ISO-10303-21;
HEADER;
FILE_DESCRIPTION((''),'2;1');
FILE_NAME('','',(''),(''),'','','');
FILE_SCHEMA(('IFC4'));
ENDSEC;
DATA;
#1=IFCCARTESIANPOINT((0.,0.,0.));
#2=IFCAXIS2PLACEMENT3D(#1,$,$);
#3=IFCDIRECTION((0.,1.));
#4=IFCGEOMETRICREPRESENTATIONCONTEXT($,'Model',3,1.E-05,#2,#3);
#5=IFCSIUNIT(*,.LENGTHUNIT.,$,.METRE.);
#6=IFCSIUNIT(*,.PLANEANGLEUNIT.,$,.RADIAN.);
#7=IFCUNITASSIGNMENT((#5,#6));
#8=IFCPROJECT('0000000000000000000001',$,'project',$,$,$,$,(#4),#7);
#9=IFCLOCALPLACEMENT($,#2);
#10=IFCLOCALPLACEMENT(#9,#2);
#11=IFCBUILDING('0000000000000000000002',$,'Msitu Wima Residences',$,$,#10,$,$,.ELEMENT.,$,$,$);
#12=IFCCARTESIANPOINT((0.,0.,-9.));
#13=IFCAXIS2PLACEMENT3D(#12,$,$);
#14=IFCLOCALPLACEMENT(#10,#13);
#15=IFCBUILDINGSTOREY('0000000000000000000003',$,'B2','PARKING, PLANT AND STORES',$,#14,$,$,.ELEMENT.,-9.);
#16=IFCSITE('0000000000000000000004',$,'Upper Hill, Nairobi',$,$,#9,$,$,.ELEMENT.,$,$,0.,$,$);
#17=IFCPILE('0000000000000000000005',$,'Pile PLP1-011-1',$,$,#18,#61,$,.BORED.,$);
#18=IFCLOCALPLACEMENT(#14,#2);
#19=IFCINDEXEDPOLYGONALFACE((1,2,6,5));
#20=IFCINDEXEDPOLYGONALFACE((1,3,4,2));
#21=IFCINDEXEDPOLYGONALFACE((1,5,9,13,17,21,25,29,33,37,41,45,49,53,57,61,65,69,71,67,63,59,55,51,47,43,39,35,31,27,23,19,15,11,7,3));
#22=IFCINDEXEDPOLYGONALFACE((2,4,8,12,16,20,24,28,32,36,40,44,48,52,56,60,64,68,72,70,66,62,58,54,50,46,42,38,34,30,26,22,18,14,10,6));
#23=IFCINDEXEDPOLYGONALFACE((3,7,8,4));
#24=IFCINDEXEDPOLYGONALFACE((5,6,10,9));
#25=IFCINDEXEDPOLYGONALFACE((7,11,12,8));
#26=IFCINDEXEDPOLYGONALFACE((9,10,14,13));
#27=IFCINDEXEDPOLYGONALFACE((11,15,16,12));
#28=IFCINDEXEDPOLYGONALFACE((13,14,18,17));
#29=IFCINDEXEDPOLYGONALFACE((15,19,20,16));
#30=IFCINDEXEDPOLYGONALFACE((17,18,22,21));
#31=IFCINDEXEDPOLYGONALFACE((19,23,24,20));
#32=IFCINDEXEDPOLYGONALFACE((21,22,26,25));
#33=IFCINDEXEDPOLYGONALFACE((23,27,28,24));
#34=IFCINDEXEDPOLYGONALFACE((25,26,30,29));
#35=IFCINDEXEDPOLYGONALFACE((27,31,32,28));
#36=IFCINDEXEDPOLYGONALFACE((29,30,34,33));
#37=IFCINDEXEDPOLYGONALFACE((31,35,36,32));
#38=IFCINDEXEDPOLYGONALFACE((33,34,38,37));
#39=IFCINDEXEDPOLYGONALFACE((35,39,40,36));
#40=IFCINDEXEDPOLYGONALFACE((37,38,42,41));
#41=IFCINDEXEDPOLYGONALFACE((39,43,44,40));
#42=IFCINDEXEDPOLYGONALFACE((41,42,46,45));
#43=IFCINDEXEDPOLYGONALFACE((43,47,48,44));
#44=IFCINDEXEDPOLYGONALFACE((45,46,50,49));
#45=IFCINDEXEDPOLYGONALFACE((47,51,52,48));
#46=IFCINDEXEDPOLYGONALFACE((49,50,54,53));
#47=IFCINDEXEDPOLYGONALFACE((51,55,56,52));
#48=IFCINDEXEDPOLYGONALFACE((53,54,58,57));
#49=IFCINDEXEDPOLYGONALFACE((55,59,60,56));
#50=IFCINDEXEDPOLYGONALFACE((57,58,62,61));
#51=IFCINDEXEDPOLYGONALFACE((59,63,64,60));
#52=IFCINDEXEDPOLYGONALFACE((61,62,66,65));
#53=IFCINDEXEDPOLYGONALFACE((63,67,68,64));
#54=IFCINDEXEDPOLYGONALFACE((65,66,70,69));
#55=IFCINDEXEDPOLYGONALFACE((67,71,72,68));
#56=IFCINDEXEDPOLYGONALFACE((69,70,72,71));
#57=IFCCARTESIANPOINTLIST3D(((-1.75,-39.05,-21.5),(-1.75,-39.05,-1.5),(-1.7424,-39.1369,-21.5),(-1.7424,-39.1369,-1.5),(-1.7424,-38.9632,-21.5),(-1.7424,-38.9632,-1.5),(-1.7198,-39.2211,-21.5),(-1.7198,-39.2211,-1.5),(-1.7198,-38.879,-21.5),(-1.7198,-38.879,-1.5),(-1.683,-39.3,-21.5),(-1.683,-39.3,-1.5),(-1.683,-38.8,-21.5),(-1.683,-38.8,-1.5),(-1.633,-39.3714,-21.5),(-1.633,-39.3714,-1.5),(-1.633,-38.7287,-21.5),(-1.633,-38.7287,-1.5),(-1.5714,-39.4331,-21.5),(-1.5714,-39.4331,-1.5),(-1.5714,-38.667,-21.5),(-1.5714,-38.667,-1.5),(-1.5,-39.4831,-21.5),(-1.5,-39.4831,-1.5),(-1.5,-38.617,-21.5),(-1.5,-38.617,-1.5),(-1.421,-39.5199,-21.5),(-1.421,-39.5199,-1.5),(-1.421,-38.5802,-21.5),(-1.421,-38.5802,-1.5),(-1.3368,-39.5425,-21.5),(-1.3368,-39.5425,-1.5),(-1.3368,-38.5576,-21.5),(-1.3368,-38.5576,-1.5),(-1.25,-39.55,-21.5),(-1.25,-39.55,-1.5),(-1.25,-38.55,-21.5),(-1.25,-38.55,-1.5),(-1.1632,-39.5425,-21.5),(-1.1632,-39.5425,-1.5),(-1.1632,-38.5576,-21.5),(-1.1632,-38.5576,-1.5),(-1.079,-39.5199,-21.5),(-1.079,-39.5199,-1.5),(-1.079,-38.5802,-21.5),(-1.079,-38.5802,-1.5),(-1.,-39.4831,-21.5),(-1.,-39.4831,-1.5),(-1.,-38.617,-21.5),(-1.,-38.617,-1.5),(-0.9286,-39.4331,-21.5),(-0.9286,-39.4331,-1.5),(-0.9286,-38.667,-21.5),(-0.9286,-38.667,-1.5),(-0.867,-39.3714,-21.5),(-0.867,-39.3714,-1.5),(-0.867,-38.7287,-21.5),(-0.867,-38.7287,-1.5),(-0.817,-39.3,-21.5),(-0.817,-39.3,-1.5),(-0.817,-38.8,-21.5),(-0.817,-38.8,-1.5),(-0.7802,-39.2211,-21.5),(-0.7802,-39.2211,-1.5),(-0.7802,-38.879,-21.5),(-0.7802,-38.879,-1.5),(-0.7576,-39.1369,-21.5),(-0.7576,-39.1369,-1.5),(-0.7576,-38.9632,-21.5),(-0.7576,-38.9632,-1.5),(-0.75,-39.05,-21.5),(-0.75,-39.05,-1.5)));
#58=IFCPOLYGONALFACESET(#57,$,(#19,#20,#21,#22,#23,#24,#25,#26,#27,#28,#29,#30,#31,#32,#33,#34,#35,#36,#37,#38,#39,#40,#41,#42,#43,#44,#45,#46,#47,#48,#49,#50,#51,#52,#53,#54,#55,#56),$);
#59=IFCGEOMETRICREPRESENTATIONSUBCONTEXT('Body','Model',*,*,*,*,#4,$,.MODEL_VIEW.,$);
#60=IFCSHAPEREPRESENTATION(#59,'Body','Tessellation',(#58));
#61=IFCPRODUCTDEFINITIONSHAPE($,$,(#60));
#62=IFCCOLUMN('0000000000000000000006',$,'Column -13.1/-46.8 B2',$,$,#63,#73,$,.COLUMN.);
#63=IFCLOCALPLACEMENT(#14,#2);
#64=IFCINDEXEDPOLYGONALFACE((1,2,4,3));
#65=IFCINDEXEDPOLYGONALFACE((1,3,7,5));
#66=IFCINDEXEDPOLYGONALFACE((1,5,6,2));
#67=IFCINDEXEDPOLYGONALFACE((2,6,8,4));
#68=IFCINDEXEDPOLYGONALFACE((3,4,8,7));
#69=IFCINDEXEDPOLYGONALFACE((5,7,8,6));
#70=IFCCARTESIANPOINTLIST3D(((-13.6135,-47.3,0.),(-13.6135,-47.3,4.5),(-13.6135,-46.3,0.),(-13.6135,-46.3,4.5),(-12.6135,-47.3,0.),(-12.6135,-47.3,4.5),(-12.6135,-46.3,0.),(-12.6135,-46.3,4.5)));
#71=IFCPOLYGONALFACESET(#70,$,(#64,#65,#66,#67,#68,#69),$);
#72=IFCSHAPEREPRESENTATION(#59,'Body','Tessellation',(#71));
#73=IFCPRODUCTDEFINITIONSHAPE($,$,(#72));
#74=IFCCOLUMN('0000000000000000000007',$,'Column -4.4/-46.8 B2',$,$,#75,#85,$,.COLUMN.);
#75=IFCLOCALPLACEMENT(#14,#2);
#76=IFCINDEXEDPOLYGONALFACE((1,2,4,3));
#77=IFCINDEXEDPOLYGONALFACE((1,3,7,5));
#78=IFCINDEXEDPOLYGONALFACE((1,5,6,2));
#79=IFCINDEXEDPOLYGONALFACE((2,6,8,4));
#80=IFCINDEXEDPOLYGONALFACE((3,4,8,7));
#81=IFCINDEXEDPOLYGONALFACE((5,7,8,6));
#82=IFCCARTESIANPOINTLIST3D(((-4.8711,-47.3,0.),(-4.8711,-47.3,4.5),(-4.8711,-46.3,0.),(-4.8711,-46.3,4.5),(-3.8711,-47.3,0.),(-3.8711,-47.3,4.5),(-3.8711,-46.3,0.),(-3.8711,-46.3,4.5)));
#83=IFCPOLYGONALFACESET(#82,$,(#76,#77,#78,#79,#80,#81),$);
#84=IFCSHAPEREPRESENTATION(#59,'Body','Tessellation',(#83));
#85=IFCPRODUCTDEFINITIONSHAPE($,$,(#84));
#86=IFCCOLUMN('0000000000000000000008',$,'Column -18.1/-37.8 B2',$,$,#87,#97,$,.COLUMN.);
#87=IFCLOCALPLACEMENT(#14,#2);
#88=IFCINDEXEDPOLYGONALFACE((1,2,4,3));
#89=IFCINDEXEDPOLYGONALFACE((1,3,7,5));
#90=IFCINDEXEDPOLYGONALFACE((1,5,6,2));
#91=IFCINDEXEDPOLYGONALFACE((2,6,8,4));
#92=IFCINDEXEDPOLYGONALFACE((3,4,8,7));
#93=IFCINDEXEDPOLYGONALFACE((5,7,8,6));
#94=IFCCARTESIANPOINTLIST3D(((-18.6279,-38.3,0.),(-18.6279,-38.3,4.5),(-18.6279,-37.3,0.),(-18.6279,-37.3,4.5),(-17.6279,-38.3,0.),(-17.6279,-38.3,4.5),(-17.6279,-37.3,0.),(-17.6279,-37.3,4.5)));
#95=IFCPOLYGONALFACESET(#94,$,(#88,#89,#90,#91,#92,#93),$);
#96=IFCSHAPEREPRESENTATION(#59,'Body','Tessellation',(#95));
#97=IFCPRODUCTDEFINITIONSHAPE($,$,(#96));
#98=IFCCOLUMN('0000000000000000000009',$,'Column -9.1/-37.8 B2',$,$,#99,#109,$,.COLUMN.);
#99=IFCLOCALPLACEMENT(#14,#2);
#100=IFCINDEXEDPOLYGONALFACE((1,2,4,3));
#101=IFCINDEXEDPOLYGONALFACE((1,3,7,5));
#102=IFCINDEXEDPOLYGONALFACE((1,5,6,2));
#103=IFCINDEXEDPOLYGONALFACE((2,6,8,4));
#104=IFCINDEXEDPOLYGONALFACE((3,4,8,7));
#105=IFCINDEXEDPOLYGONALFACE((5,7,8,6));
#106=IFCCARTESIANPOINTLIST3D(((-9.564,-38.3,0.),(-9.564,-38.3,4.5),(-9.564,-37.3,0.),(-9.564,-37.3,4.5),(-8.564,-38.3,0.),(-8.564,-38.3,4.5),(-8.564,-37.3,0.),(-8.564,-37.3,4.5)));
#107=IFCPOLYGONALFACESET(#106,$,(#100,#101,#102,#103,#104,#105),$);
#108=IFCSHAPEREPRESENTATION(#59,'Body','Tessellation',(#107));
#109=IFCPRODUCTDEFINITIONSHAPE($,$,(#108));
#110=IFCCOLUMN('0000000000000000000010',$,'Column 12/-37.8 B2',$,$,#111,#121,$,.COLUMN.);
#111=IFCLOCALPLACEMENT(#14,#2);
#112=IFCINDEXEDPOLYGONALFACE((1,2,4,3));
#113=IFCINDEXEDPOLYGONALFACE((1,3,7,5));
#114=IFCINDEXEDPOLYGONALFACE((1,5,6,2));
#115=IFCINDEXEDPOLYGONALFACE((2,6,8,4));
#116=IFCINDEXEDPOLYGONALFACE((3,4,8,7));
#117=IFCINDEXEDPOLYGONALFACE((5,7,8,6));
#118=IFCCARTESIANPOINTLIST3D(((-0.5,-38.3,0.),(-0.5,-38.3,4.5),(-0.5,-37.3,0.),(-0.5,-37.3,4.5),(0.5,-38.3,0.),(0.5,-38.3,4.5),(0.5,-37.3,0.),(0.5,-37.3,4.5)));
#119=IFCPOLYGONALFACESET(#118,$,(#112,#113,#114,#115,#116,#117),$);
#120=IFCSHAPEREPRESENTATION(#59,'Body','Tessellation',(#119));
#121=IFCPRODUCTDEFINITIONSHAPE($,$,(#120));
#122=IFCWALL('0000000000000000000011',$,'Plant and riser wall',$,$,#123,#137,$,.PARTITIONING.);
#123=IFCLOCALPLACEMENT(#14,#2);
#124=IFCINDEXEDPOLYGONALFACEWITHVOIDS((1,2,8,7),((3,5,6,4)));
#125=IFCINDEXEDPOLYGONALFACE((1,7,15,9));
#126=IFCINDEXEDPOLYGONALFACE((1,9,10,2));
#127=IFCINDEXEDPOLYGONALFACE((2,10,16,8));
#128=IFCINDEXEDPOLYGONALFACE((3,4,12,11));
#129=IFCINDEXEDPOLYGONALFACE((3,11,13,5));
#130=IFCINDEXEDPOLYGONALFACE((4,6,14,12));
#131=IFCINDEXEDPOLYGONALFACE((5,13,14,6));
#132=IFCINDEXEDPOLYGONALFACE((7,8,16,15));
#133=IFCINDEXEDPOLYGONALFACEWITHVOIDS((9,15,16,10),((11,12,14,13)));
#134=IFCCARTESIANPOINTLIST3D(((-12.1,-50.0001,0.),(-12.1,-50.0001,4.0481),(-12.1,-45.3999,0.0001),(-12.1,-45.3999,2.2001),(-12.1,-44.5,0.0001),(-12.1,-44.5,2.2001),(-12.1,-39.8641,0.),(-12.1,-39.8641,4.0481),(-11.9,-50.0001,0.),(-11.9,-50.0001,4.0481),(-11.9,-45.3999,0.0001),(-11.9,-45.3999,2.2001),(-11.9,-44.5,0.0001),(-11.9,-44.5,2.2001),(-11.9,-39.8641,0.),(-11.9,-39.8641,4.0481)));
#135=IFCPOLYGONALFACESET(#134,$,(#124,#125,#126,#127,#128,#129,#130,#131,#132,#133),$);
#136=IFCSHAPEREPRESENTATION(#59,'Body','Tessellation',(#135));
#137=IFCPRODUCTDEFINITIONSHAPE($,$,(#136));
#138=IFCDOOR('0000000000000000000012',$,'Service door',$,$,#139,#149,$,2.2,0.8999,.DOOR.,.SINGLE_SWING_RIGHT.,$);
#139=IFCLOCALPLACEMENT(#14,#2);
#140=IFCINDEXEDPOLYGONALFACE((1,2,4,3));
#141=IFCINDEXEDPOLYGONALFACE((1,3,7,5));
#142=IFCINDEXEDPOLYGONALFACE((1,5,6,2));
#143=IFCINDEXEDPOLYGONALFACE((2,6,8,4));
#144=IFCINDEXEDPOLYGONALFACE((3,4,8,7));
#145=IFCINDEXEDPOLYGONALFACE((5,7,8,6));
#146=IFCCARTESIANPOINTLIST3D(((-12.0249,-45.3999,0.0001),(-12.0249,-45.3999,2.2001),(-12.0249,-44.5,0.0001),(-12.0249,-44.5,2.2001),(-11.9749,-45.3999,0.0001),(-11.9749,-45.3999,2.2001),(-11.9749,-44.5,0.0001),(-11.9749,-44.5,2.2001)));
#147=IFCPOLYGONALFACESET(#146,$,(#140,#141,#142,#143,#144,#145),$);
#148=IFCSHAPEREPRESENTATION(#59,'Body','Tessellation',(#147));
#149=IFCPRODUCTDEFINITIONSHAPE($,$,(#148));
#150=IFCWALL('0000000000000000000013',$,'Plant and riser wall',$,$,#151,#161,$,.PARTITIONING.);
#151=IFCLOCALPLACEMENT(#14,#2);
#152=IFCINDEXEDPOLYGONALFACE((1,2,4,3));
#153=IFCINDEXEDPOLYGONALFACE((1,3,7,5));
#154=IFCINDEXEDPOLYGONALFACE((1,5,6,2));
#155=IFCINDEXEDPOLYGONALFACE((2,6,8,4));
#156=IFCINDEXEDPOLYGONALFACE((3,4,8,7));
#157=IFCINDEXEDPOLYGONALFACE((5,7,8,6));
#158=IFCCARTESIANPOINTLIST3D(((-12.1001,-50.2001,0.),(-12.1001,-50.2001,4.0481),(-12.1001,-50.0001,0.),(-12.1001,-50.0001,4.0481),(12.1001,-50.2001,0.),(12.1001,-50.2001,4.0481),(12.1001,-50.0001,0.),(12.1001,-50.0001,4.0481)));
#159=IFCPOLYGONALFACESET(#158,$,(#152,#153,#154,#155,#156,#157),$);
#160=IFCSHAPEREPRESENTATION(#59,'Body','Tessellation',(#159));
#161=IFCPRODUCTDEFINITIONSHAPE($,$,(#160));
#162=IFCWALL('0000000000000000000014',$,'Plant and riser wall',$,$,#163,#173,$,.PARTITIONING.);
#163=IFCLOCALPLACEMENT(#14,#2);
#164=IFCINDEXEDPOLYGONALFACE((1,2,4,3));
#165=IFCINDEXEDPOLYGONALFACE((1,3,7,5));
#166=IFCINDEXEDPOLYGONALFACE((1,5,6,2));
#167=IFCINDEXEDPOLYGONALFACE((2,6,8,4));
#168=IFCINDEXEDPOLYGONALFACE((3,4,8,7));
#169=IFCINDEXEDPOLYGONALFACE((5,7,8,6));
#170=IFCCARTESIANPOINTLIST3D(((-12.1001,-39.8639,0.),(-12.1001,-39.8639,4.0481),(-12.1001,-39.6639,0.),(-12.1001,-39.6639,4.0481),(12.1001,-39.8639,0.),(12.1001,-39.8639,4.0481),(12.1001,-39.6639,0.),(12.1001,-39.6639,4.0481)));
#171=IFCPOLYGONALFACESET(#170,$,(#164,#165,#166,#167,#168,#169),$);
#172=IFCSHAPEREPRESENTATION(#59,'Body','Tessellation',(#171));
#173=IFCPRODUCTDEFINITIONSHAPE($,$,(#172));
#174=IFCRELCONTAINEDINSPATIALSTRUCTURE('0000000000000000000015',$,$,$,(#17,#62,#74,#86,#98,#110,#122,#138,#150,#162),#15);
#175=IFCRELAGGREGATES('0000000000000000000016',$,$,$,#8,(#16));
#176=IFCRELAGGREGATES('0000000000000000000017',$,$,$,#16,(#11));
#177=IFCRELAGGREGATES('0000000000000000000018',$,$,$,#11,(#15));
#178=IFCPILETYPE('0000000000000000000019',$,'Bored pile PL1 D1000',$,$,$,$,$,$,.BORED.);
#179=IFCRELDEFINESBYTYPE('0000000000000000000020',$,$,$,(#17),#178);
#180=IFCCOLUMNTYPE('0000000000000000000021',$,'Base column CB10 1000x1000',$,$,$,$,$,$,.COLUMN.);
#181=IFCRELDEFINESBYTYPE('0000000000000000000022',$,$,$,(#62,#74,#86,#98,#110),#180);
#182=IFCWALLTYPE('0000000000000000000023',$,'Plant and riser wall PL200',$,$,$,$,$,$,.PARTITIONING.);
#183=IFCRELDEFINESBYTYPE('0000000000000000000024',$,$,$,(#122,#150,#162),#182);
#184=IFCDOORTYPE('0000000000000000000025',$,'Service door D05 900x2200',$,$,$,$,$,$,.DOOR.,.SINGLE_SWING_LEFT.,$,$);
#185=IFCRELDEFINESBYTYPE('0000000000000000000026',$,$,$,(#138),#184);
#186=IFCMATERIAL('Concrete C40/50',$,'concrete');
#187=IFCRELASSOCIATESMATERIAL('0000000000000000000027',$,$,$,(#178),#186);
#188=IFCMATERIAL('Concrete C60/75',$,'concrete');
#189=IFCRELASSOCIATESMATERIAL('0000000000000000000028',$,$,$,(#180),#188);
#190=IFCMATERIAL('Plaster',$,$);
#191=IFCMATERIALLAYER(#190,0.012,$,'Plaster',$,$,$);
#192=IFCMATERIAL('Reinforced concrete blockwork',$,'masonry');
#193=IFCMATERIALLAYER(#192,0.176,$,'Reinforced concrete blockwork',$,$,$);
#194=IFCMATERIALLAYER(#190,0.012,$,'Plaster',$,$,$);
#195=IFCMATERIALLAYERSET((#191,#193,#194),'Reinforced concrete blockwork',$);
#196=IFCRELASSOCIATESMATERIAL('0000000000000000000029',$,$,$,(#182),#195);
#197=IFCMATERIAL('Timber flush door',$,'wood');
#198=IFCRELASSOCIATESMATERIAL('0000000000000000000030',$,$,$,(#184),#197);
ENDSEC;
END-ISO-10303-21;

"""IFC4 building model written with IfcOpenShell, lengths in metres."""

from ifc_helpers import new_model, si_unit, direction, frame, frame_2d, origin, origin_2d, place, context, subcontext, project, spatial, rectangle, circle, extrude, material, layer, layer_set, material_profile, profile_set, type_object, element, fill, save


model = new_model("IFC4")

# Units and contexts
model_context = context("Model", 3, precision=1e-05, world=origin(), true_north=direction((0.0, 1.0)))
body_context = subcontext(model_context, "Body", "Model", "MODEL_VIEW")
ifc_project = project(units=[si_unit("LENGTHUNIT", "METRE"), si_unit("PLANEANGLEUNIT", "RADIAN")], contexts=[model_context])

# Site, building, storey
site_placement = place(None, origin())
site = spatial("IfcSite", under=ifc_project, at=site_placement, Name="Upper Hill, Nairobi", CompositionType="ELEMENT", RefElevation=0.0)
building_placement = place(site_placement, origin())
building = spatial("IfcBuilding", under=site, at=building_placement, Name="Msitu Wima Residences", CompositionType="ELEMENT")
storey_placement = place(building_placement, frame((0.0, 0.0, -9.0)))
storey = spatial("IfcBuildingStorey", under=building, at=storey_placement, Name="B2", Description="PARKING, PLANT AND STORES", CompositionType="ELEMENT", Elevation=-9.0)

# Pile
ifc_material_1 = material(Name="Concrete C40/50", Category="concrete")
pile_type = type_object("IfcPileType", Name="Bored pile PL1 D1000", PredefinedType="BORED", material=ifc_material_1)
for number, where, z_axis, x_axis, name in (
    (1, (-1.25, -39.05, -1.5), (0.0, 0.0, -1.0), (1.0, 0.0, 0.0), "Pile PLP1-011-1"),
):
    element("IfcPile", number, at=place(storey_placement, frame(where, z_axis=z_axis, x_axis=x_axis)), inside=storey, type_object=pile_type, Name=name, PredefinedType="BORED", context=body_context, shape_type="SweptSolid", body=[
        extrude(circle(Radius=0.5, at=origin_2d()), origin(), (0.0, 0.0, 1.0), 20.0),
    ])

# Columns
ifc_material_2 = material(Name="Concrete C60/75", Category="concrete")
ifc_material_profile = material_profile(ifc_material_2, rectangle(XDim=1.0, YDim=1.0, at=origin_2d()), Name="RC 1000x1000")
ifc_profile_set = profile_set([ifc_material_profile], Name="Concrete C60/75")
column_type = type_object("IfcColumnType", Name="Base column CB10 1000x1000", PredefinedType="COLUMN", material=ifc_profile_set)
for number, where, z_axis, x_axis, name in (
    (2, (-13.1135, -46.8, 0.0), (0.0, 0.0, 1.0), (1.0, 0.0, 0.0), "Column -13.1/-46.8 B2"),
    (3, (-4.3711, -46.8, 0.0), (0.0, 0.0, 1.0), (1.0, 0.0, 0.0), "Column -4.4/-46.8 B2"),
    (4, (-18.1279, -37.8, 0.0), (0.0, 0.0, 1.0), (1.0, 0.0, 0.0), "Column -18.1/-37.8 B2"),
    (5, (-9.064, -37.8, 0.0), (0.0, 0.0, 1.0), (1.0, 0.0, 0.0), "Column -9.1/-37.8 B2"),
    (6, (0.0, -37.8, 0.0), (0.0, 0.0, 1.0), (1.0, 0.0, 0.0), "Column 12/-37.8 B2"),
):
    element("IfcColumn", number, at=place(storey_placement, frame(where, z_axis=z_axis, x_axis=x_axis)), inside=storey, type_object=column_type, Name=name, PredefinedType="COLUMN", context=body_context, shape_type="SweptSolid", body=[
        extrude(rectangle(XDim=1.0, YDim=1.0, at=origin_2d()), origin(), (0.0, 0.0, 1.0), 4.5),
    ])

# Wall, opening, door
ifc_material_3 = material(Name="Plaster")
ifc_layer_1 = layer(ifc_material_3, 0.012, Name="Plaster")
ifc_material_4 = material(Name="Reinforced concrete blockwork", Category="masonry")
ifc_layer_2 = layer(ifc_material_4, 0.176, Name="Reinforced concrete blockwork")
ifc_layer_3 = layer(ifc_material_3, 0.012, Name="Plaster")
ifc_layer_set = layer_set([ifc_layer_1, ifc_layer_2, ifc_layer_3], Name="Reinforced concrete blockwork")
wall_type = type_object("IfcWallType", Name="Plant and riser wall PL200", PredefinedType="PARTITIONING", material=ifc_layer_set)
wall_placement = place(storey_placement, frame((-12.0, -50.0, 0.0), z_axis=(0.0, 0.0, 1.0), x_axis=(0.0, 1.0, 0.0)))
wall = element("IfcWall", 7, at=wall_placement, inside=storey, type_object=wall_type, Name="Plant and riser wall", PredefinedType="PARTITIONING", context=body_context, shape_type="SweptSolid", body=[
    extrude(rectangle(XDim=10.136, YDim=0.2, at=frame_2d((5.0679, 0.0))), origin(), (0.0, 0.0, 1.0), 4.0481),
])
opening_placement = place(wall_placement, frame((4.6001, 0.0, 0.0)))
opening = element("IfcOpeningElement", 8, at=opening_placement, cuts=wall, PredefinedType="OPENING", context=body_context, shape_type="SweptSolid", body=[
    extrude(rectangle(XDim=0.8999, YDim=2.2, at=frame_2d((0.45, 1.1001))), frame((0.0, 0.1099, 0.0), z_axis=(0.0, -1.0, 0.0), x_axis=(1.0, 0.0, 0.0)), (0.0, 0.0, 1.0), 0.22),
])
ifc_material_5 = material(Name="Timber flush door", Category="wood")
door_type = type_object("IfcDoorType", Name="Service door D05 900x2200", OperationType="SINGLE_SWING_LEFT", PredefinedType="DOOR", material=ifc_material_5)
door_placement = place(opening_placement, origin())
door = element("IfcDoor", 9, at=door_placement, inside=storey, type_object=door_type, Name="Service door", OperationType="SINGLE_SWING_RIGHT", OverallHeight=2.2, OverallWidth=0.8999, PredefinedType="DOOR", context=body_context, shape_type="SweptSolid", body=[
    extrude(rectangle(XDim=0.8999, YDim=2.2, at=frame_2d((0.45, 1.1001))), frame((0.0, 0.0249, 0.0), z_axis=(0.0, -1.0, 0.0), x_axis=(1.0, 0.0, 0.0)), (0.0, 0.0, 1.0), 0.05),
])
fill(opening, door)

# Walls
for number, where, z_axis, x_axis, name in (
    (10, (-12.1001, -50.1001, 0.0), (0.0, 0.0, 1.0), (1.0, 0.0, 0.0), "Plant and riser wall"),
    (11, (-12.1001, -39.7639, 0.0), (0.0, 0.0, 1.0), (1.0, 0.0, 0.0), "Plant and riser wall"),
):
    element("IfcWall", number, at=place(storey_placement, frame(where, z_axis=z_axis, x_axis=x_axis)), inside=storey, type_object=wall_type, Name=name, PredefinedType="PARTITIONING", context=body_context, shape_type="SweptSolid", body=[
        extrude(rectangle(XDim=24.2002, YDim=0.2, at=frame_2d((12.1001, 0.0))), origin(), (0.0, 0.0, 1.0), 4.0481),
    ])

save(model, "model.ifc")
